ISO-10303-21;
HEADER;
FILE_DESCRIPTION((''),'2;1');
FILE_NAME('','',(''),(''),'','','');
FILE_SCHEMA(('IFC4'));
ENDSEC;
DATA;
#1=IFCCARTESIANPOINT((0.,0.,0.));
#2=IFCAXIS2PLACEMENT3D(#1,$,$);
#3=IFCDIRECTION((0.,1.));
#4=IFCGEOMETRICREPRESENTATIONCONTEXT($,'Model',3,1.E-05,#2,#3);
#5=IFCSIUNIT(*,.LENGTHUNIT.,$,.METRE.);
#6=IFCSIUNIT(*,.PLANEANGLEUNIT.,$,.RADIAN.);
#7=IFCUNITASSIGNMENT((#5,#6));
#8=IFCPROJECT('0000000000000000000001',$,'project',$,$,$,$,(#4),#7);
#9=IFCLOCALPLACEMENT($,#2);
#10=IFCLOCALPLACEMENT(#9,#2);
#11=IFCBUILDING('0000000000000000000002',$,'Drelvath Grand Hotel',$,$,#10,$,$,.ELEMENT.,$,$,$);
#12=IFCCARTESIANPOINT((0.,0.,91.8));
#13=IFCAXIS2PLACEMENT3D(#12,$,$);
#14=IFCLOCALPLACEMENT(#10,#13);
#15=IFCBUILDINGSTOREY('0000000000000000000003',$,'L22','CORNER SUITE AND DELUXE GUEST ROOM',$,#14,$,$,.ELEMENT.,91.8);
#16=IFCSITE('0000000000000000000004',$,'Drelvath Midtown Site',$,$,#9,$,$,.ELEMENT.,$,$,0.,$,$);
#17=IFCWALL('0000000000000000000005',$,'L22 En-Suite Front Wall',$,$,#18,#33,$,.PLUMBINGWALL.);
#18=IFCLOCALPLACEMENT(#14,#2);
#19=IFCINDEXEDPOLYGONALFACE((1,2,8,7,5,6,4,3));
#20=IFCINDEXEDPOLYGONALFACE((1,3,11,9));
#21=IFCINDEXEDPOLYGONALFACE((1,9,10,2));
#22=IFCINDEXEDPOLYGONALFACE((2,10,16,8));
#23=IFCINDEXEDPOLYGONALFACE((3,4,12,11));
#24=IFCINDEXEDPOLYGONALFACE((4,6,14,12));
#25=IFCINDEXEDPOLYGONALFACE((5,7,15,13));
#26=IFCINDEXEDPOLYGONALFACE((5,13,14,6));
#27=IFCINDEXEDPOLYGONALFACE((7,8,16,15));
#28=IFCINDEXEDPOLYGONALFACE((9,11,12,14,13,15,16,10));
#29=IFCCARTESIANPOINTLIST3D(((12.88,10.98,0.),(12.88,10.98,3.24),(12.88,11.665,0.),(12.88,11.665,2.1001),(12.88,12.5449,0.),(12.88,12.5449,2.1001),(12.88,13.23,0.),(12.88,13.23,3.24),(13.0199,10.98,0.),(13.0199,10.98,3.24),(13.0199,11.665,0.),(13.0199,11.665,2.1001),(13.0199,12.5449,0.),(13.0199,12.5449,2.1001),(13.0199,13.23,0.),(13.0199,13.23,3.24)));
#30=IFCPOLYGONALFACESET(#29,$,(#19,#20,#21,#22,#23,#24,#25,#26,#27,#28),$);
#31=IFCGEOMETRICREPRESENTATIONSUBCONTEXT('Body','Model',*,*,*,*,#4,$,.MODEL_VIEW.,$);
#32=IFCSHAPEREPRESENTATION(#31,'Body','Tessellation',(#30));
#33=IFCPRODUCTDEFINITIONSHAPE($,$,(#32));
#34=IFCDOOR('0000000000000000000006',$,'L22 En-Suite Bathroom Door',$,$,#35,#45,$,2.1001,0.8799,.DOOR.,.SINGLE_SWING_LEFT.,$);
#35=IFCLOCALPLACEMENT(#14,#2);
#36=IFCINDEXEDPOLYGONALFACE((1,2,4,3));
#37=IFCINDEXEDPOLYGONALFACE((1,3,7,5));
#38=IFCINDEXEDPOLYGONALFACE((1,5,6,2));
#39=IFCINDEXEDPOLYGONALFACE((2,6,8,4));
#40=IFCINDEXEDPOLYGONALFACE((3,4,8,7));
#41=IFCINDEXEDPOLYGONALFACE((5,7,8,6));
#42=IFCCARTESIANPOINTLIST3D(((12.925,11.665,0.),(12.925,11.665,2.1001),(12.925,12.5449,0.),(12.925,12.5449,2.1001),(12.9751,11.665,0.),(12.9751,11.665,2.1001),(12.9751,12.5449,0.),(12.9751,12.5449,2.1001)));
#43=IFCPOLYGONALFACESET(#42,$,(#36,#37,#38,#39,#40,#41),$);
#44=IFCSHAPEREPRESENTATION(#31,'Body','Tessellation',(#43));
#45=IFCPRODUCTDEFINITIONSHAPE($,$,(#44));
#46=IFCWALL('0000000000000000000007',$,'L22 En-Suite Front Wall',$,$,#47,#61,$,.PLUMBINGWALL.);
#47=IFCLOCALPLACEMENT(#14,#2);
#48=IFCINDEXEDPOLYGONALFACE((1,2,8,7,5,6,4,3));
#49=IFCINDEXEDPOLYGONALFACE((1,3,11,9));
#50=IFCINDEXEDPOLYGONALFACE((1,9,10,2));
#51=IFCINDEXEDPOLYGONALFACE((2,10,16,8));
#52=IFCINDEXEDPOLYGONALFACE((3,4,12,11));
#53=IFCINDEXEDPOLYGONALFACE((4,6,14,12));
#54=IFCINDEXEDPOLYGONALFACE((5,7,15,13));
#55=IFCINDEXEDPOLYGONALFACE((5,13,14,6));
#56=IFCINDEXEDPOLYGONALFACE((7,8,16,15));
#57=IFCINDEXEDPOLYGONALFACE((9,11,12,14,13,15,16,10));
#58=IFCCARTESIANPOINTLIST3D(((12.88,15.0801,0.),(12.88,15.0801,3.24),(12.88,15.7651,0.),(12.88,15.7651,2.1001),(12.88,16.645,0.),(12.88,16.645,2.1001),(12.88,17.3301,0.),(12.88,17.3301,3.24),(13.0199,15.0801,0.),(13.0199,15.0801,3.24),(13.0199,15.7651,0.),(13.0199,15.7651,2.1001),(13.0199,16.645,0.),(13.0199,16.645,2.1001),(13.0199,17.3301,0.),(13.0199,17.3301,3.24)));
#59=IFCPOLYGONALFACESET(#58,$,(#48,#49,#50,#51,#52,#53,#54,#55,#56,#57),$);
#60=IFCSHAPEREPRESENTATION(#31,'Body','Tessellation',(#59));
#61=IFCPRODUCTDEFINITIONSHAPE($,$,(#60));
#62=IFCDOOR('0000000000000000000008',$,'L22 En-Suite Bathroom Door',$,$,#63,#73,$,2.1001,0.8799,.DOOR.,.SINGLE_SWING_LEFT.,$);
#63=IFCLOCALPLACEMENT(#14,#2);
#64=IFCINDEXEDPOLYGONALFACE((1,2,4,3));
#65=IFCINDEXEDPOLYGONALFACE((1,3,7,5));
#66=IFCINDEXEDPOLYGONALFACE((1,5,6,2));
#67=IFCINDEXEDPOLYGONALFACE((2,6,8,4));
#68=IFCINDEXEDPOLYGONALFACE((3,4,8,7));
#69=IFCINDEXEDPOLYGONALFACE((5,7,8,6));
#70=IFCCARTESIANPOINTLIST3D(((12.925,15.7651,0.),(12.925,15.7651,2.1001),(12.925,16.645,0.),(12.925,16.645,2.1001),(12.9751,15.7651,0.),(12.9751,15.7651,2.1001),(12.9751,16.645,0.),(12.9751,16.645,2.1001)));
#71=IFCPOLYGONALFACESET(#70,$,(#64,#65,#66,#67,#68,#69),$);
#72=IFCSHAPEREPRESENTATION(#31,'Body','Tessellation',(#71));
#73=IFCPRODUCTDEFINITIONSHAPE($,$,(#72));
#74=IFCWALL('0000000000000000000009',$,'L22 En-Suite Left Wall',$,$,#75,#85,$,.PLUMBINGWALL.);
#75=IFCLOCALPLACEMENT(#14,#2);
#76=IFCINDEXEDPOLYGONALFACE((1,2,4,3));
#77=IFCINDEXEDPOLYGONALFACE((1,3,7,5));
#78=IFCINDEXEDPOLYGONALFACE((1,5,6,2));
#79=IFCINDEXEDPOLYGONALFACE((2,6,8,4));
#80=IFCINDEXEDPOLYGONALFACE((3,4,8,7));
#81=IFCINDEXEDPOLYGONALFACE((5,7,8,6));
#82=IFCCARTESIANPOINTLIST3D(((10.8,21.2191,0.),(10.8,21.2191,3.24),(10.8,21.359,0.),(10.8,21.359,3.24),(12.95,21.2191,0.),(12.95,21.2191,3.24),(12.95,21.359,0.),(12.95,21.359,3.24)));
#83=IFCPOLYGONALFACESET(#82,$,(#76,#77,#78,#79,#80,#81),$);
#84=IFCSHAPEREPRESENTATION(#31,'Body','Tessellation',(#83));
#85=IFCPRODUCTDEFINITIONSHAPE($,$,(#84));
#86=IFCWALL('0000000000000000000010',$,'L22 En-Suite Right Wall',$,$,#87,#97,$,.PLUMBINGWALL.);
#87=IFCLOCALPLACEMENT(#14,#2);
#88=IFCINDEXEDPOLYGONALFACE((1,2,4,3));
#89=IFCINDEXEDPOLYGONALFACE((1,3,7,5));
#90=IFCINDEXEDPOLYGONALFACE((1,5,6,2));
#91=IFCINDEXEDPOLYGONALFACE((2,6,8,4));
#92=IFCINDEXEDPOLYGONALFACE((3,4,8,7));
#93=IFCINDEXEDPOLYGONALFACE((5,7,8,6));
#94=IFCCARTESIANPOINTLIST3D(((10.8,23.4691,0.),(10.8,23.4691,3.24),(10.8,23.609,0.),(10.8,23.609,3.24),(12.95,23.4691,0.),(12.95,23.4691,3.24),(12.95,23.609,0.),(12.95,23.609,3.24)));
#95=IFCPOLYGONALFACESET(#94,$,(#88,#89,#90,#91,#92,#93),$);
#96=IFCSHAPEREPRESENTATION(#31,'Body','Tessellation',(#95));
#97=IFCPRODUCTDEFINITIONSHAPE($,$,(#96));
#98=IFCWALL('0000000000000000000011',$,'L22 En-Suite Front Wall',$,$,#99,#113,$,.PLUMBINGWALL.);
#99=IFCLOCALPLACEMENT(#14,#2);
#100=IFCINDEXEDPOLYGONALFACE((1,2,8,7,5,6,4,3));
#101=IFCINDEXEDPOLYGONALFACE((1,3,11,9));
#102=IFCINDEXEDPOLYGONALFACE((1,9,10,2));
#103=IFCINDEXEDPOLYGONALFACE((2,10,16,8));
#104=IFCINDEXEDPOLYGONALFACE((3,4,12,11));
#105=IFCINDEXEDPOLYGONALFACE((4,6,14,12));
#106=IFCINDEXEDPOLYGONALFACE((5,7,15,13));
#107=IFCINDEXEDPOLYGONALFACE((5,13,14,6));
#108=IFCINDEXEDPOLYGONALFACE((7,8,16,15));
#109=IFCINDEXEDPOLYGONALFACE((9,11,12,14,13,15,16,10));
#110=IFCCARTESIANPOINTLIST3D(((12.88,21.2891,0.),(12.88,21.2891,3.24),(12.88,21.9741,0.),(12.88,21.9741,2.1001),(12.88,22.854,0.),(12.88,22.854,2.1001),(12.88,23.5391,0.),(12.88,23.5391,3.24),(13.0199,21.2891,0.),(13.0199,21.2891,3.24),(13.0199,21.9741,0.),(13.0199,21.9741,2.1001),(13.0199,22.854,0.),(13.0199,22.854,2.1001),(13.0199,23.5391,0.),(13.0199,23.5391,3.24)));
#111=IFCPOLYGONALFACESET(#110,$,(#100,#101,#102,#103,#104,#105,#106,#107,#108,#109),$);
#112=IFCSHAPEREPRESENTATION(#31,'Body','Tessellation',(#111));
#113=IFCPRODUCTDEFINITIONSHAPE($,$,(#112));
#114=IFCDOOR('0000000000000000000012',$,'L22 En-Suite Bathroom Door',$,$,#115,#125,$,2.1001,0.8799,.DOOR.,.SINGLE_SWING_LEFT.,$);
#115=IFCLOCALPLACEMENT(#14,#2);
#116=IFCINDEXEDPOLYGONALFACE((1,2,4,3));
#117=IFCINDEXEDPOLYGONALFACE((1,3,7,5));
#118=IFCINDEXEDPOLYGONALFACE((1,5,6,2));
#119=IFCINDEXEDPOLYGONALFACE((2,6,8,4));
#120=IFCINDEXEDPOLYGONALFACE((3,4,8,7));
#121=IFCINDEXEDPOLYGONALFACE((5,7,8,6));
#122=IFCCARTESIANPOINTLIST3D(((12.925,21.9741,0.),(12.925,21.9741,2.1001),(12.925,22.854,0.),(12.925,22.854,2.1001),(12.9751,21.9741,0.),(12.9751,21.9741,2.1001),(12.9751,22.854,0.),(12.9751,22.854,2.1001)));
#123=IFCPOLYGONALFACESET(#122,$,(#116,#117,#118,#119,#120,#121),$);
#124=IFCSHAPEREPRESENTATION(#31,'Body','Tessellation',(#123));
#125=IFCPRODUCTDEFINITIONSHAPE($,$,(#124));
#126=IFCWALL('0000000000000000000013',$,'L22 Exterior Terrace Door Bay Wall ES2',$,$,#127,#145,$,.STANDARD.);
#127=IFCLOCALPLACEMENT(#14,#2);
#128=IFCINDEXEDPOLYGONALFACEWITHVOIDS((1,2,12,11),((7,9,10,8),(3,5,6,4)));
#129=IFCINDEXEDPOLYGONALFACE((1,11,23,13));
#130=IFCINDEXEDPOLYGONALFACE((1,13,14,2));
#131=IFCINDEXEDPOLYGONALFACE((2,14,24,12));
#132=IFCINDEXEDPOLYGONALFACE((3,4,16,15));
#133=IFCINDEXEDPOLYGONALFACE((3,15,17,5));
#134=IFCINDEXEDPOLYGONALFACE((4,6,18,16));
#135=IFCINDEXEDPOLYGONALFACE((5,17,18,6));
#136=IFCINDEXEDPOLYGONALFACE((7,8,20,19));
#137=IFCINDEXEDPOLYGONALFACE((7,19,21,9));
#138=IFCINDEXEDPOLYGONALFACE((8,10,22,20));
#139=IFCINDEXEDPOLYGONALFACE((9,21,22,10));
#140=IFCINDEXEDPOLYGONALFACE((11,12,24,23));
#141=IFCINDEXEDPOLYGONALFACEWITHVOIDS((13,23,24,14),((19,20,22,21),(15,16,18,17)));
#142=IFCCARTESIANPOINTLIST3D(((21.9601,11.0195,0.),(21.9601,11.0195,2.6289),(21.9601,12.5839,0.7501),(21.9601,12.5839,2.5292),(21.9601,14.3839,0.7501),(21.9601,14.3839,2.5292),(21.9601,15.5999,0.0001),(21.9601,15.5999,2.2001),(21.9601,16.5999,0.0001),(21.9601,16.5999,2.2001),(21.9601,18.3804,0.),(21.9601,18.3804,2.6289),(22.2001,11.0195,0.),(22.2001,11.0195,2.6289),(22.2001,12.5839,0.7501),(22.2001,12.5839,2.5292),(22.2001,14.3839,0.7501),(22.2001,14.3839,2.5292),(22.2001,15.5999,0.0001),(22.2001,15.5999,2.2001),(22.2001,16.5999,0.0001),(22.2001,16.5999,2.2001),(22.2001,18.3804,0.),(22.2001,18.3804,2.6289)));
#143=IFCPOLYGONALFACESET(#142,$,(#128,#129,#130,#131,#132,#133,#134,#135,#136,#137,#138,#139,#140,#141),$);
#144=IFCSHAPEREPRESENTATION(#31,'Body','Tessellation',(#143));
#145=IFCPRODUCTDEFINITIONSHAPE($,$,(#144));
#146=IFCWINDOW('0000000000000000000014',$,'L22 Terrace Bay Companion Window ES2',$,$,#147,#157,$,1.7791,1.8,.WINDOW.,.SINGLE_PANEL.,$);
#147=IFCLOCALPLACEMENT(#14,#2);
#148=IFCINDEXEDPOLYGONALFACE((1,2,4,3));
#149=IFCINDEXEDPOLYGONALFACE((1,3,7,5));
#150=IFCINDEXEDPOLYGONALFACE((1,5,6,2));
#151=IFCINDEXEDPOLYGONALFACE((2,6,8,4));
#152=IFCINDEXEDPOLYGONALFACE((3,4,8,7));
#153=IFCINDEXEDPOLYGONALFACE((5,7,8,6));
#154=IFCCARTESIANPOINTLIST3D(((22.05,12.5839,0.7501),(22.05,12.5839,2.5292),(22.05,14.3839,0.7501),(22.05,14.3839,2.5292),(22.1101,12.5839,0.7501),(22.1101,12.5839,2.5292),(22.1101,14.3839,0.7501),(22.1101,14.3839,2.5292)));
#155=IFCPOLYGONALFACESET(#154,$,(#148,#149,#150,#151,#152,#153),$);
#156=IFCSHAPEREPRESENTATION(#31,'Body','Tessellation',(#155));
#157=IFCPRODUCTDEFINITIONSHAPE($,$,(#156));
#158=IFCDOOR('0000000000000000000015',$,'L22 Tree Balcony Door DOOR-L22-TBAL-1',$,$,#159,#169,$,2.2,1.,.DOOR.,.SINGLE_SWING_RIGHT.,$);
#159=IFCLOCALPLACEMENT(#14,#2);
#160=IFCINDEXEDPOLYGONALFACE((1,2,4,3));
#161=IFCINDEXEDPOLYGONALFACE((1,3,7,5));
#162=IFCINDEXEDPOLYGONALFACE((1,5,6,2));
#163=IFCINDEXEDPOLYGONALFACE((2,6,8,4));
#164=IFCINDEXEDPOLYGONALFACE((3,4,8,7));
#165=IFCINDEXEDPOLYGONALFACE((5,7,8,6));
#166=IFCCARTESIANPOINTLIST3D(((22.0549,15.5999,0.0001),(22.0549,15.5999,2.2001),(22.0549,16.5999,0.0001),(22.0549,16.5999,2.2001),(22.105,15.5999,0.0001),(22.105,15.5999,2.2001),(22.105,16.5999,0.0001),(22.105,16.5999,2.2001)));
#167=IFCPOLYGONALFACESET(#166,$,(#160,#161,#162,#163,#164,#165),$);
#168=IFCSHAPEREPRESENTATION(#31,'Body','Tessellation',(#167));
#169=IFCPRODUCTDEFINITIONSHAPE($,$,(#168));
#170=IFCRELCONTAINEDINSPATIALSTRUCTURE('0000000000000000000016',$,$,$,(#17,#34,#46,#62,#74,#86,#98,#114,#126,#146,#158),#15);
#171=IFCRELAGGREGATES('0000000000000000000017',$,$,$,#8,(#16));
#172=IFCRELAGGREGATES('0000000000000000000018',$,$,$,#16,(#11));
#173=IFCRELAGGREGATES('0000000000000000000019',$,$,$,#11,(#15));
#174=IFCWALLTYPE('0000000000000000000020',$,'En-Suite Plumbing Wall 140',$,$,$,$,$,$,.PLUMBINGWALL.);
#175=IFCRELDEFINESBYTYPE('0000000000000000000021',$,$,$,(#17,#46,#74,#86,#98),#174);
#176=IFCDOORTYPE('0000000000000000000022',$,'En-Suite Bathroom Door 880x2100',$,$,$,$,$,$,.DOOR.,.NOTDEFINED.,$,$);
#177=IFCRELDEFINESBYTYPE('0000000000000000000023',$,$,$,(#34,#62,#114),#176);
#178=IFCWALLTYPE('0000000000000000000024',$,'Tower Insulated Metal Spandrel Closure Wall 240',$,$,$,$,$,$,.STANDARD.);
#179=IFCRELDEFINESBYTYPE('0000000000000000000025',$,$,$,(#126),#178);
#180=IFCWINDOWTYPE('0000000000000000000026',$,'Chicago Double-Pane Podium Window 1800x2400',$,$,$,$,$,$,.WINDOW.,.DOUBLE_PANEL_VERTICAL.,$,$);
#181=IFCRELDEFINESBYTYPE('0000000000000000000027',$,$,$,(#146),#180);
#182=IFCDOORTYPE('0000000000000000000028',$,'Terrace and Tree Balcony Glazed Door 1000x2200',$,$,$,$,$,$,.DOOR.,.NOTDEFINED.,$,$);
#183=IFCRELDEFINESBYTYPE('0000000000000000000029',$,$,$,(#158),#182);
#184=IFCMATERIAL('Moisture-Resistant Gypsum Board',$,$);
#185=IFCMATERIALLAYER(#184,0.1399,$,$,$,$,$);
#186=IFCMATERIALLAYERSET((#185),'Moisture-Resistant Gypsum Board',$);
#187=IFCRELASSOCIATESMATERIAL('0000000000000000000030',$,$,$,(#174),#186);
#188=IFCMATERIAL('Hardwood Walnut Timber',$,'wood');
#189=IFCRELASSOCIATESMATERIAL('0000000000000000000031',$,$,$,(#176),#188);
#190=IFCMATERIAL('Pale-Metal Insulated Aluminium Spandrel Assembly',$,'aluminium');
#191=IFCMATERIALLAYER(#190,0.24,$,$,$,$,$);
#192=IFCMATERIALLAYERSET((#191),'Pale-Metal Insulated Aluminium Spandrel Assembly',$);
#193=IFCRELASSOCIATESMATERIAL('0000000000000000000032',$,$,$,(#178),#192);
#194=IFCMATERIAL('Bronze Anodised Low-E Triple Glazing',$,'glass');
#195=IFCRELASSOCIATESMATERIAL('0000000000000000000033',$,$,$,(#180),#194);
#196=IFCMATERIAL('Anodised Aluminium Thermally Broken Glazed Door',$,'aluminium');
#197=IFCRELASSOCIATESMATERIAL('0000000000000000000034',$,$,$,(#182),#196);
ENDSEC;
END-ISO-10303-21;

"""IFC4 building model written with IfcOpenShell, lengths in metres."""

from ifc_helpers import new_model, si_unit, direction, frame, frame_2d, origin, place, context, subcontext, project, spatial, rectangle, extrude, material, layer, layer_set, type_object, element, fill, save


model = new_model("IFC4")

# Units and contexts
model_context = context("Model", 3, precision=1e-05, world=origin(), true_north=direction((0.0, 1.0)))
body_context = subcontext(model_context, "Body", "Model", "MODEL_VIEW")
ifc_project = project(units=[si_unit("LENGTHUNIT", "METRE"), si_unit("PLANEANGLEUNIT", "RADIAN")], contexts=[model_context])

# Site, building, storey
site_placement = place(None, origin())
site = spatial("IfcSite", under=ifc_project, at=site_placement, Name="Drelvath Midtown Site", CompositionType="ELEMENT", RefElevation=0.0)
building_placement = place(site_placement, origin())
building = spatial("IfcBuilding", under=site, at=building_placement, Name="Drelvath Grand Hotel", CompositionType="ELEMENT")
storey_placement = place(building_placement, frame((0.0, 0.0, 91.8)))
storey = spatial("IfcBuildingStorey", under=building, at=storey_placement, Name="L22", Description="CORNER SUITE AND DELUXE GUEST ROOM", CompositionType="ELEMENT", Elevation=91.8)

# Walls, openings, doors
ifc_material_1 = material(Name="Moisture-Resistant Gypsum Board")
ifc_layer_1 = layer(ifc_material_1, 0.1399)
ifc_layer_set_1 = layer_set([ifc_layer_1], Name="Moisture-Resistant Gypsum Board")
wall_type_1 = type_object("IfcWallType", Name="En-Suite Plumbing Wall 140", PredefinedType="PLUMBINGWALL", material=ifc_layer_set_1)
wall_1_placement = place(storey_placement, frame((12.95, 10.98, 0.0), z_axis=(0.0, 0.0, 1.0), x_axis=(0.0, 1.0, 0.0)))
wall_1 = element("IfcWall", 1, at=wall_1_placement, inside=storey, type_object=wall_type_1, Name="L22 En-Suite Front Wall", PredefinedType="PLUMBINGWALL", context=body_context, shape_type="SweptSolid", body=[
    extrude(rectangle(XDim=2.25, YDim=0.1399, at=frame_2d((1.125, 0.0))), origin(), (0.0, 0.0, 1.0), 3.24),
])
opening_1_placement = place(wall_1_placement, frame((0.6851, 0.0, 0.0)))
opening_1 = element("IfcOpeningElement", 2, at=opening_1_placement, cuts=wall_1, PredefinedType="OPENING", context=body_context, shape_type="SweptSolid", body=[
    extrude(rectangle(XDim=0.8799, YDim=2.1001, at=frame_2d((0.4399, 1.05))), frame((0.0, 0.0798, 0.0), z_axis=(0.0, -1.0, 0.0), x_axis=(1.0, 0.0, 0.0)), (0.0, 0.0, 1.0), 0.1599),
])
ifc_material_2 = material(Name="Hardwood Walnut Timber", Category="wood")
door_type_1 = type_object("IfcDoorType", Name="En-Suite Bathroom Door 880x2100", OperationType="NOTDEFINED", PredefinedType="DOOR", material=ifc_material_2)
door_1_placement = place(opening_1_placement, origin())
door_1 = element("IfcDoor", 3, at=door_1_placement, inside=storey, type_object=door_type_1, Name="L22 En-Suite Bathroom Door", OperationType="SINGLE_SWING_LEFT", OverallHeight=2.1001, OverallWidth=0.8799, PredefinedType="DOOR", context=body_context, shape_type="SweptSolid", body=[
    extrude(rectangle(XDim=0.8799, YDim=2.1001, at=frame_2d((0.4399, 1.05))), frame((0.0, 0.0249, 0.0), z_axis=(0.0, -1.0, 0.0), x_axis=(1.0, 0.0, 0.0)), (0.0, 0.0, 1.0), 0.05),
])
fill(opening_1, door_1)
wall_2_placement = place(storey_placement, frame((12.95, 15.0801, 0.0), z_axis=(0.0, 0.0, 1.0), x_axis=(0.0, 1.0, 0.0)))
wall_2 = element("IfcWall", 4, at=wall_2_placement, inside=storey, type_object=wall_type_1, Name="L22 En-Suite Front Wall", PredefinedType="PLUMBINGWALL", context=body_context, shape_type="SweptSolid", body=[
    extrude(rectangle(XDim=2.25, YDim=0.1399, at=frame_2d((1.125, 0.0))), origin(), (0.0, 0.0, 1.0), 3.24),
])
opening_2_placement = place(wall_2_placement, frame((0.6851, 0.0, 0.0)))
opening_2 = element("IfcOpeningElement", 5, at=opening_2_placement, cuts=wall_2, PredefinedType="OPENING", context=body_context, shape_type="SweptSolid", body=[
    extrude(rectangle(XDim=0.8799, YDim=2.1001, at=frame_2d((0.4399, 1.05))), frame((0.0, 0.0798, 0.0), z_axis=(0.0, -1.0, 0.0), x_axis=(1.0, 0.0, 0.0)), (0.0, 0.0, 1.0), 0.1599),
])
door_2_placement = place(opening_2_placement, origin())
door_2 = element("IfcDoor", 6, at=door_2_placement, inside=storey, type_object=door_type_1, Name="L22 En-Suite Bathroom Door", OperationType="SINGLE_SWING_LEFT", OverallHeight=2.1001, OverallWidth=0.8799, PredefinedType="DOOR", context=body_context, shape_type="SweptSolid", body=[
    extrude(rectangle(XDim=0.8799, YDim=2.1001, at=frame_2d((0.4399, 1.05))), frame((0.0, 0.0249, 0.0), z_axis=(0.0, -1.0, 0.0), x_axis=(1.0, 0.0, 0.0)), (0.0, 0.0, 1.0), 0.05),
])
fill(opening_2, door_2)

# Walls
for number, where, z_axis, x_axis, name in (
    (7, (10.8, 21.2891, 0.0), (0.0, 0.0, 1.0), (1.0, 0.0, 0.0), "L22 En-Suite Left Wall"),
    (8, (10.8, 23.5391, 0.0), (0.0, 0.0, 1.0), (1.0, 0.0, 0.0), "L22 En-Suite Right Wall"),
):
    element("IfcWall", number, at=place(storey_placement, frame(where, z_axis=z_axis, x_axis=x_axis)), inside=storey, type_object=wall_type_1, Name=name, PredefinedType="PLUMBINGWALL", context=body_context, shape_type="SweptSolid", body=[
        extrude(rectangle(XDim=2.1499, YDim=0.1399, at=frame_2d((1.075, 0.0))), origin(), (0.0, 0.0, 1.0), 3.24),
    ])

# Wall, opening, door
wall_3_placement = place(storey_placement, frame((12.95, 21.2891, 0.0), z_axis=(0.0, 0.0, 1.0), x_axis=(0.0, 1.0, 0.0)))
wall_3 = element("IfcWall", 9, at=wall_3_placement, inside=storey, type_object=wall_type_1, Name="L22 En-Suite Front Wall", PredefinedType="PLUMBINGWALL", context=body_context, shape_type="SweptSolid", body=[
    extrude(rectangle(XDim=2.25, YDim=0.1399, at=frame_2d((1.125, 0.0))), origin(), (0.0, 0.0, 1.0), 3.24),
])
opening_3_placement = place(wall_3_placement, frame((0.6851, 0.0, 0.0)))
opening_3 = element("IfcOpeningElement", 10, at=opening_3_placement, cuts=wall_3, PredefinedType="OPENING", context=body_context, shape_type="SweptSolid", body=[
    extrude(rectangle(XDim=0.8799, YDim=2.1001, at=frame_2d((0.4399, 1.05))), frame((0.0, 0.0798, 0.0), z_axis=(0.0, -1.0, 0.0), x_axis=(1.0, 0.0, 0.0)), (0.0, 0.0, 1.0), 0.1599),
])
door_3_placement = place(opening_3_placement, origin())
door_3 = element("IfcDoor", 11, at=door_3_placement, inside=storey, type_object=door_type_1, Name="L22 En-Suite Bathroom Door", OperationType="SINGLE_SWING_LEFT", OverallHeight=2.1001, OverallWidth=0.8799, PredefinedType="DOOR", context=body_context, shape_type="SweptSolid", body=[
    extrude(rectangle(XDim=0.8799, YDim=2.1001, at=frame_2d((0.4399, 1.05))), frame((0.0, 0.0249, 0.0), z_axis=(0.0, -1.0, 0.0), x_axis=(1.0, 0.0, 0.0)), (0.0, 0.0, 1.0), 0.05),
])
fill(opening_3, door_3)

# Wall, openings, window, door
ifc_material_3 = material(Name="Pale-Metal Insulated Aluminium Spandrel Assembly", Category="aluminium")
ifc_layer_2 = layer(ifc_material_3, 0.24)
ifc_layer_set_2 = layer_set([ifc_layer_2], Name="Pale-Metal Insulated Aluminium Spandrel Assembly")
wall_type_2 = type_object("IfcWallType", Name="Tower Insulated Metal Spandrel Closure Wall 240", PredefinedType="STANDARD", material=ifc_layer_set_2)
wall_4_placement = place(storey_placement, frame((22.0801, 18.3804, 0.0), z_axis=(0.0, 0.0, 1.0), x_axis=(0.0, -1.0, 0.0)))
wall_4 = element("IfcWall", 12, at=wall_4_placement, inside=storey, type_object=wall_type_2, Name="L22 Exterior Terrace Door Bay Wall ES2", PredefinedType="STANDARD", context=body_context, shape_type="SweptSolid", body=[
    extrude(rectangle(XDim=7.3608, YDim=0.24, at=frame_2d((3.6804, 0.0))), origin(), (0.0, 0.0, 1.0), 2.6289),
])
opening_4_placement = place(wall_4_placement, frame((1.7805, 0.0, 0.0)))
opening_4 = element("IfcOpeningElement", 13, at=opening_4_placement, cuts=wall_4, PredefinedType="OPENING", context=body_context, shape_type="SweptSolid", body=[
    extrude(rectangle(XDim=1.0, YDim=2.2, at=frame_2d((0.5, 1.1001))), frame((0.0, 0.1299, 0.0), z_axis=(0.0, -1.0, 0.0), x_axis=(1.0, 0.0, 0.0)), (0.0, 0.0, 1.0), 0.26),
])
opening_5_placement = place(wall_4_placement, frame((3.9966, 0.0, 0.75)))
opening_5 = element("IfcOpeningElement", 14, at=opening_5_placement, cuts=wall_4, PredefinedType="OPENING", context=body_context, shape_type="SweptSolid", body=[
    extrude(rectangle(XDim=1.8, YDim=1.7791, at=frame_2d((0.8999, 0.8896))), frame((0.0, 0.1299, 0.0), z_axis=(0.0, -1.0, 0.0), x_axis=(1.0, 0.0, 0.0)), (0.0, 0.0, 1.0), 0.26),
])
ifc_material_4 = material(Name="Bronze Anodised Low-E Triple Glazing", Category="glass")
window_type = type_object("IfcWindowType", Name="Chicago Double-Pane Podium Window 1800x2400", PartitioningType="DOUBLE_PANEL_VERTICAL", PredefinedType="WINDOW", material=ifc_material_4)
window_placement = place(opening_5_placement, origin())
window = element("IfcWindow", 15, at=window_placement, inside=storey, type_object=window_type, Name="L22 Terrace Bay Companion Window ES2", OverallHeight=1.7791, OverallWidth=1.8, PartitioningType="SINGLE_PANEL", PredefinedType="WINDOW", context=body_context, shape_type="SweptSolid", body=[
    extrude(rectangle(XDim=1.8, YDim=1.7791, at=frame_2d((0.8999, 0.8896))), frame((0.0, 0.03, 0.0), z_axis=(0.0, -1.0, 0.0), x_axis=(1.0, 0.0, 0.0)), (0.0, 0.0, 1.0), 0.0601),
])
fill(opening_5, window)
ifc_material_5 = material(Name="Anodised Aluminium Thermally Broken Glazed Door", Category="aluminium")
door_type_2 = type_object("IfcDoorType", Name="Terrace and Tree Balcony Glazed Door 1000x2200", OperationType="NOTDEFINED", PredefinedType="DOOR", material=ifc_material_5)
door_4_placement = place(opening_4_placement, origin())
door_4 = element("IfcDoor", 16, at=door_4_placement, inside=storey, type_object=door_type_2, Name="L22 Tree Balcony Door DOOR-L22-TBAL-1", OperationType="SINGLE_SWING_RIGHT", OverallHeight=2.2, OverallWidth=1.0, PredefinedType="DOOR", context=body_context, shape_type="SweptSolid", body=[
    extrude(rectangle(XDim=1.0, YDim=2.2, at=frame_2d((0.5, 1.1001))), frame((0.0, 0.0249, 0.0), z_axis=(0.0, -1.0, 0.0), x_axis=(1.0, 0.0, 0.0)), (0.0, 0.0, 1.0), 0.05),
])
fill(opening_4, door_4)

save(model, "model.ifc")
